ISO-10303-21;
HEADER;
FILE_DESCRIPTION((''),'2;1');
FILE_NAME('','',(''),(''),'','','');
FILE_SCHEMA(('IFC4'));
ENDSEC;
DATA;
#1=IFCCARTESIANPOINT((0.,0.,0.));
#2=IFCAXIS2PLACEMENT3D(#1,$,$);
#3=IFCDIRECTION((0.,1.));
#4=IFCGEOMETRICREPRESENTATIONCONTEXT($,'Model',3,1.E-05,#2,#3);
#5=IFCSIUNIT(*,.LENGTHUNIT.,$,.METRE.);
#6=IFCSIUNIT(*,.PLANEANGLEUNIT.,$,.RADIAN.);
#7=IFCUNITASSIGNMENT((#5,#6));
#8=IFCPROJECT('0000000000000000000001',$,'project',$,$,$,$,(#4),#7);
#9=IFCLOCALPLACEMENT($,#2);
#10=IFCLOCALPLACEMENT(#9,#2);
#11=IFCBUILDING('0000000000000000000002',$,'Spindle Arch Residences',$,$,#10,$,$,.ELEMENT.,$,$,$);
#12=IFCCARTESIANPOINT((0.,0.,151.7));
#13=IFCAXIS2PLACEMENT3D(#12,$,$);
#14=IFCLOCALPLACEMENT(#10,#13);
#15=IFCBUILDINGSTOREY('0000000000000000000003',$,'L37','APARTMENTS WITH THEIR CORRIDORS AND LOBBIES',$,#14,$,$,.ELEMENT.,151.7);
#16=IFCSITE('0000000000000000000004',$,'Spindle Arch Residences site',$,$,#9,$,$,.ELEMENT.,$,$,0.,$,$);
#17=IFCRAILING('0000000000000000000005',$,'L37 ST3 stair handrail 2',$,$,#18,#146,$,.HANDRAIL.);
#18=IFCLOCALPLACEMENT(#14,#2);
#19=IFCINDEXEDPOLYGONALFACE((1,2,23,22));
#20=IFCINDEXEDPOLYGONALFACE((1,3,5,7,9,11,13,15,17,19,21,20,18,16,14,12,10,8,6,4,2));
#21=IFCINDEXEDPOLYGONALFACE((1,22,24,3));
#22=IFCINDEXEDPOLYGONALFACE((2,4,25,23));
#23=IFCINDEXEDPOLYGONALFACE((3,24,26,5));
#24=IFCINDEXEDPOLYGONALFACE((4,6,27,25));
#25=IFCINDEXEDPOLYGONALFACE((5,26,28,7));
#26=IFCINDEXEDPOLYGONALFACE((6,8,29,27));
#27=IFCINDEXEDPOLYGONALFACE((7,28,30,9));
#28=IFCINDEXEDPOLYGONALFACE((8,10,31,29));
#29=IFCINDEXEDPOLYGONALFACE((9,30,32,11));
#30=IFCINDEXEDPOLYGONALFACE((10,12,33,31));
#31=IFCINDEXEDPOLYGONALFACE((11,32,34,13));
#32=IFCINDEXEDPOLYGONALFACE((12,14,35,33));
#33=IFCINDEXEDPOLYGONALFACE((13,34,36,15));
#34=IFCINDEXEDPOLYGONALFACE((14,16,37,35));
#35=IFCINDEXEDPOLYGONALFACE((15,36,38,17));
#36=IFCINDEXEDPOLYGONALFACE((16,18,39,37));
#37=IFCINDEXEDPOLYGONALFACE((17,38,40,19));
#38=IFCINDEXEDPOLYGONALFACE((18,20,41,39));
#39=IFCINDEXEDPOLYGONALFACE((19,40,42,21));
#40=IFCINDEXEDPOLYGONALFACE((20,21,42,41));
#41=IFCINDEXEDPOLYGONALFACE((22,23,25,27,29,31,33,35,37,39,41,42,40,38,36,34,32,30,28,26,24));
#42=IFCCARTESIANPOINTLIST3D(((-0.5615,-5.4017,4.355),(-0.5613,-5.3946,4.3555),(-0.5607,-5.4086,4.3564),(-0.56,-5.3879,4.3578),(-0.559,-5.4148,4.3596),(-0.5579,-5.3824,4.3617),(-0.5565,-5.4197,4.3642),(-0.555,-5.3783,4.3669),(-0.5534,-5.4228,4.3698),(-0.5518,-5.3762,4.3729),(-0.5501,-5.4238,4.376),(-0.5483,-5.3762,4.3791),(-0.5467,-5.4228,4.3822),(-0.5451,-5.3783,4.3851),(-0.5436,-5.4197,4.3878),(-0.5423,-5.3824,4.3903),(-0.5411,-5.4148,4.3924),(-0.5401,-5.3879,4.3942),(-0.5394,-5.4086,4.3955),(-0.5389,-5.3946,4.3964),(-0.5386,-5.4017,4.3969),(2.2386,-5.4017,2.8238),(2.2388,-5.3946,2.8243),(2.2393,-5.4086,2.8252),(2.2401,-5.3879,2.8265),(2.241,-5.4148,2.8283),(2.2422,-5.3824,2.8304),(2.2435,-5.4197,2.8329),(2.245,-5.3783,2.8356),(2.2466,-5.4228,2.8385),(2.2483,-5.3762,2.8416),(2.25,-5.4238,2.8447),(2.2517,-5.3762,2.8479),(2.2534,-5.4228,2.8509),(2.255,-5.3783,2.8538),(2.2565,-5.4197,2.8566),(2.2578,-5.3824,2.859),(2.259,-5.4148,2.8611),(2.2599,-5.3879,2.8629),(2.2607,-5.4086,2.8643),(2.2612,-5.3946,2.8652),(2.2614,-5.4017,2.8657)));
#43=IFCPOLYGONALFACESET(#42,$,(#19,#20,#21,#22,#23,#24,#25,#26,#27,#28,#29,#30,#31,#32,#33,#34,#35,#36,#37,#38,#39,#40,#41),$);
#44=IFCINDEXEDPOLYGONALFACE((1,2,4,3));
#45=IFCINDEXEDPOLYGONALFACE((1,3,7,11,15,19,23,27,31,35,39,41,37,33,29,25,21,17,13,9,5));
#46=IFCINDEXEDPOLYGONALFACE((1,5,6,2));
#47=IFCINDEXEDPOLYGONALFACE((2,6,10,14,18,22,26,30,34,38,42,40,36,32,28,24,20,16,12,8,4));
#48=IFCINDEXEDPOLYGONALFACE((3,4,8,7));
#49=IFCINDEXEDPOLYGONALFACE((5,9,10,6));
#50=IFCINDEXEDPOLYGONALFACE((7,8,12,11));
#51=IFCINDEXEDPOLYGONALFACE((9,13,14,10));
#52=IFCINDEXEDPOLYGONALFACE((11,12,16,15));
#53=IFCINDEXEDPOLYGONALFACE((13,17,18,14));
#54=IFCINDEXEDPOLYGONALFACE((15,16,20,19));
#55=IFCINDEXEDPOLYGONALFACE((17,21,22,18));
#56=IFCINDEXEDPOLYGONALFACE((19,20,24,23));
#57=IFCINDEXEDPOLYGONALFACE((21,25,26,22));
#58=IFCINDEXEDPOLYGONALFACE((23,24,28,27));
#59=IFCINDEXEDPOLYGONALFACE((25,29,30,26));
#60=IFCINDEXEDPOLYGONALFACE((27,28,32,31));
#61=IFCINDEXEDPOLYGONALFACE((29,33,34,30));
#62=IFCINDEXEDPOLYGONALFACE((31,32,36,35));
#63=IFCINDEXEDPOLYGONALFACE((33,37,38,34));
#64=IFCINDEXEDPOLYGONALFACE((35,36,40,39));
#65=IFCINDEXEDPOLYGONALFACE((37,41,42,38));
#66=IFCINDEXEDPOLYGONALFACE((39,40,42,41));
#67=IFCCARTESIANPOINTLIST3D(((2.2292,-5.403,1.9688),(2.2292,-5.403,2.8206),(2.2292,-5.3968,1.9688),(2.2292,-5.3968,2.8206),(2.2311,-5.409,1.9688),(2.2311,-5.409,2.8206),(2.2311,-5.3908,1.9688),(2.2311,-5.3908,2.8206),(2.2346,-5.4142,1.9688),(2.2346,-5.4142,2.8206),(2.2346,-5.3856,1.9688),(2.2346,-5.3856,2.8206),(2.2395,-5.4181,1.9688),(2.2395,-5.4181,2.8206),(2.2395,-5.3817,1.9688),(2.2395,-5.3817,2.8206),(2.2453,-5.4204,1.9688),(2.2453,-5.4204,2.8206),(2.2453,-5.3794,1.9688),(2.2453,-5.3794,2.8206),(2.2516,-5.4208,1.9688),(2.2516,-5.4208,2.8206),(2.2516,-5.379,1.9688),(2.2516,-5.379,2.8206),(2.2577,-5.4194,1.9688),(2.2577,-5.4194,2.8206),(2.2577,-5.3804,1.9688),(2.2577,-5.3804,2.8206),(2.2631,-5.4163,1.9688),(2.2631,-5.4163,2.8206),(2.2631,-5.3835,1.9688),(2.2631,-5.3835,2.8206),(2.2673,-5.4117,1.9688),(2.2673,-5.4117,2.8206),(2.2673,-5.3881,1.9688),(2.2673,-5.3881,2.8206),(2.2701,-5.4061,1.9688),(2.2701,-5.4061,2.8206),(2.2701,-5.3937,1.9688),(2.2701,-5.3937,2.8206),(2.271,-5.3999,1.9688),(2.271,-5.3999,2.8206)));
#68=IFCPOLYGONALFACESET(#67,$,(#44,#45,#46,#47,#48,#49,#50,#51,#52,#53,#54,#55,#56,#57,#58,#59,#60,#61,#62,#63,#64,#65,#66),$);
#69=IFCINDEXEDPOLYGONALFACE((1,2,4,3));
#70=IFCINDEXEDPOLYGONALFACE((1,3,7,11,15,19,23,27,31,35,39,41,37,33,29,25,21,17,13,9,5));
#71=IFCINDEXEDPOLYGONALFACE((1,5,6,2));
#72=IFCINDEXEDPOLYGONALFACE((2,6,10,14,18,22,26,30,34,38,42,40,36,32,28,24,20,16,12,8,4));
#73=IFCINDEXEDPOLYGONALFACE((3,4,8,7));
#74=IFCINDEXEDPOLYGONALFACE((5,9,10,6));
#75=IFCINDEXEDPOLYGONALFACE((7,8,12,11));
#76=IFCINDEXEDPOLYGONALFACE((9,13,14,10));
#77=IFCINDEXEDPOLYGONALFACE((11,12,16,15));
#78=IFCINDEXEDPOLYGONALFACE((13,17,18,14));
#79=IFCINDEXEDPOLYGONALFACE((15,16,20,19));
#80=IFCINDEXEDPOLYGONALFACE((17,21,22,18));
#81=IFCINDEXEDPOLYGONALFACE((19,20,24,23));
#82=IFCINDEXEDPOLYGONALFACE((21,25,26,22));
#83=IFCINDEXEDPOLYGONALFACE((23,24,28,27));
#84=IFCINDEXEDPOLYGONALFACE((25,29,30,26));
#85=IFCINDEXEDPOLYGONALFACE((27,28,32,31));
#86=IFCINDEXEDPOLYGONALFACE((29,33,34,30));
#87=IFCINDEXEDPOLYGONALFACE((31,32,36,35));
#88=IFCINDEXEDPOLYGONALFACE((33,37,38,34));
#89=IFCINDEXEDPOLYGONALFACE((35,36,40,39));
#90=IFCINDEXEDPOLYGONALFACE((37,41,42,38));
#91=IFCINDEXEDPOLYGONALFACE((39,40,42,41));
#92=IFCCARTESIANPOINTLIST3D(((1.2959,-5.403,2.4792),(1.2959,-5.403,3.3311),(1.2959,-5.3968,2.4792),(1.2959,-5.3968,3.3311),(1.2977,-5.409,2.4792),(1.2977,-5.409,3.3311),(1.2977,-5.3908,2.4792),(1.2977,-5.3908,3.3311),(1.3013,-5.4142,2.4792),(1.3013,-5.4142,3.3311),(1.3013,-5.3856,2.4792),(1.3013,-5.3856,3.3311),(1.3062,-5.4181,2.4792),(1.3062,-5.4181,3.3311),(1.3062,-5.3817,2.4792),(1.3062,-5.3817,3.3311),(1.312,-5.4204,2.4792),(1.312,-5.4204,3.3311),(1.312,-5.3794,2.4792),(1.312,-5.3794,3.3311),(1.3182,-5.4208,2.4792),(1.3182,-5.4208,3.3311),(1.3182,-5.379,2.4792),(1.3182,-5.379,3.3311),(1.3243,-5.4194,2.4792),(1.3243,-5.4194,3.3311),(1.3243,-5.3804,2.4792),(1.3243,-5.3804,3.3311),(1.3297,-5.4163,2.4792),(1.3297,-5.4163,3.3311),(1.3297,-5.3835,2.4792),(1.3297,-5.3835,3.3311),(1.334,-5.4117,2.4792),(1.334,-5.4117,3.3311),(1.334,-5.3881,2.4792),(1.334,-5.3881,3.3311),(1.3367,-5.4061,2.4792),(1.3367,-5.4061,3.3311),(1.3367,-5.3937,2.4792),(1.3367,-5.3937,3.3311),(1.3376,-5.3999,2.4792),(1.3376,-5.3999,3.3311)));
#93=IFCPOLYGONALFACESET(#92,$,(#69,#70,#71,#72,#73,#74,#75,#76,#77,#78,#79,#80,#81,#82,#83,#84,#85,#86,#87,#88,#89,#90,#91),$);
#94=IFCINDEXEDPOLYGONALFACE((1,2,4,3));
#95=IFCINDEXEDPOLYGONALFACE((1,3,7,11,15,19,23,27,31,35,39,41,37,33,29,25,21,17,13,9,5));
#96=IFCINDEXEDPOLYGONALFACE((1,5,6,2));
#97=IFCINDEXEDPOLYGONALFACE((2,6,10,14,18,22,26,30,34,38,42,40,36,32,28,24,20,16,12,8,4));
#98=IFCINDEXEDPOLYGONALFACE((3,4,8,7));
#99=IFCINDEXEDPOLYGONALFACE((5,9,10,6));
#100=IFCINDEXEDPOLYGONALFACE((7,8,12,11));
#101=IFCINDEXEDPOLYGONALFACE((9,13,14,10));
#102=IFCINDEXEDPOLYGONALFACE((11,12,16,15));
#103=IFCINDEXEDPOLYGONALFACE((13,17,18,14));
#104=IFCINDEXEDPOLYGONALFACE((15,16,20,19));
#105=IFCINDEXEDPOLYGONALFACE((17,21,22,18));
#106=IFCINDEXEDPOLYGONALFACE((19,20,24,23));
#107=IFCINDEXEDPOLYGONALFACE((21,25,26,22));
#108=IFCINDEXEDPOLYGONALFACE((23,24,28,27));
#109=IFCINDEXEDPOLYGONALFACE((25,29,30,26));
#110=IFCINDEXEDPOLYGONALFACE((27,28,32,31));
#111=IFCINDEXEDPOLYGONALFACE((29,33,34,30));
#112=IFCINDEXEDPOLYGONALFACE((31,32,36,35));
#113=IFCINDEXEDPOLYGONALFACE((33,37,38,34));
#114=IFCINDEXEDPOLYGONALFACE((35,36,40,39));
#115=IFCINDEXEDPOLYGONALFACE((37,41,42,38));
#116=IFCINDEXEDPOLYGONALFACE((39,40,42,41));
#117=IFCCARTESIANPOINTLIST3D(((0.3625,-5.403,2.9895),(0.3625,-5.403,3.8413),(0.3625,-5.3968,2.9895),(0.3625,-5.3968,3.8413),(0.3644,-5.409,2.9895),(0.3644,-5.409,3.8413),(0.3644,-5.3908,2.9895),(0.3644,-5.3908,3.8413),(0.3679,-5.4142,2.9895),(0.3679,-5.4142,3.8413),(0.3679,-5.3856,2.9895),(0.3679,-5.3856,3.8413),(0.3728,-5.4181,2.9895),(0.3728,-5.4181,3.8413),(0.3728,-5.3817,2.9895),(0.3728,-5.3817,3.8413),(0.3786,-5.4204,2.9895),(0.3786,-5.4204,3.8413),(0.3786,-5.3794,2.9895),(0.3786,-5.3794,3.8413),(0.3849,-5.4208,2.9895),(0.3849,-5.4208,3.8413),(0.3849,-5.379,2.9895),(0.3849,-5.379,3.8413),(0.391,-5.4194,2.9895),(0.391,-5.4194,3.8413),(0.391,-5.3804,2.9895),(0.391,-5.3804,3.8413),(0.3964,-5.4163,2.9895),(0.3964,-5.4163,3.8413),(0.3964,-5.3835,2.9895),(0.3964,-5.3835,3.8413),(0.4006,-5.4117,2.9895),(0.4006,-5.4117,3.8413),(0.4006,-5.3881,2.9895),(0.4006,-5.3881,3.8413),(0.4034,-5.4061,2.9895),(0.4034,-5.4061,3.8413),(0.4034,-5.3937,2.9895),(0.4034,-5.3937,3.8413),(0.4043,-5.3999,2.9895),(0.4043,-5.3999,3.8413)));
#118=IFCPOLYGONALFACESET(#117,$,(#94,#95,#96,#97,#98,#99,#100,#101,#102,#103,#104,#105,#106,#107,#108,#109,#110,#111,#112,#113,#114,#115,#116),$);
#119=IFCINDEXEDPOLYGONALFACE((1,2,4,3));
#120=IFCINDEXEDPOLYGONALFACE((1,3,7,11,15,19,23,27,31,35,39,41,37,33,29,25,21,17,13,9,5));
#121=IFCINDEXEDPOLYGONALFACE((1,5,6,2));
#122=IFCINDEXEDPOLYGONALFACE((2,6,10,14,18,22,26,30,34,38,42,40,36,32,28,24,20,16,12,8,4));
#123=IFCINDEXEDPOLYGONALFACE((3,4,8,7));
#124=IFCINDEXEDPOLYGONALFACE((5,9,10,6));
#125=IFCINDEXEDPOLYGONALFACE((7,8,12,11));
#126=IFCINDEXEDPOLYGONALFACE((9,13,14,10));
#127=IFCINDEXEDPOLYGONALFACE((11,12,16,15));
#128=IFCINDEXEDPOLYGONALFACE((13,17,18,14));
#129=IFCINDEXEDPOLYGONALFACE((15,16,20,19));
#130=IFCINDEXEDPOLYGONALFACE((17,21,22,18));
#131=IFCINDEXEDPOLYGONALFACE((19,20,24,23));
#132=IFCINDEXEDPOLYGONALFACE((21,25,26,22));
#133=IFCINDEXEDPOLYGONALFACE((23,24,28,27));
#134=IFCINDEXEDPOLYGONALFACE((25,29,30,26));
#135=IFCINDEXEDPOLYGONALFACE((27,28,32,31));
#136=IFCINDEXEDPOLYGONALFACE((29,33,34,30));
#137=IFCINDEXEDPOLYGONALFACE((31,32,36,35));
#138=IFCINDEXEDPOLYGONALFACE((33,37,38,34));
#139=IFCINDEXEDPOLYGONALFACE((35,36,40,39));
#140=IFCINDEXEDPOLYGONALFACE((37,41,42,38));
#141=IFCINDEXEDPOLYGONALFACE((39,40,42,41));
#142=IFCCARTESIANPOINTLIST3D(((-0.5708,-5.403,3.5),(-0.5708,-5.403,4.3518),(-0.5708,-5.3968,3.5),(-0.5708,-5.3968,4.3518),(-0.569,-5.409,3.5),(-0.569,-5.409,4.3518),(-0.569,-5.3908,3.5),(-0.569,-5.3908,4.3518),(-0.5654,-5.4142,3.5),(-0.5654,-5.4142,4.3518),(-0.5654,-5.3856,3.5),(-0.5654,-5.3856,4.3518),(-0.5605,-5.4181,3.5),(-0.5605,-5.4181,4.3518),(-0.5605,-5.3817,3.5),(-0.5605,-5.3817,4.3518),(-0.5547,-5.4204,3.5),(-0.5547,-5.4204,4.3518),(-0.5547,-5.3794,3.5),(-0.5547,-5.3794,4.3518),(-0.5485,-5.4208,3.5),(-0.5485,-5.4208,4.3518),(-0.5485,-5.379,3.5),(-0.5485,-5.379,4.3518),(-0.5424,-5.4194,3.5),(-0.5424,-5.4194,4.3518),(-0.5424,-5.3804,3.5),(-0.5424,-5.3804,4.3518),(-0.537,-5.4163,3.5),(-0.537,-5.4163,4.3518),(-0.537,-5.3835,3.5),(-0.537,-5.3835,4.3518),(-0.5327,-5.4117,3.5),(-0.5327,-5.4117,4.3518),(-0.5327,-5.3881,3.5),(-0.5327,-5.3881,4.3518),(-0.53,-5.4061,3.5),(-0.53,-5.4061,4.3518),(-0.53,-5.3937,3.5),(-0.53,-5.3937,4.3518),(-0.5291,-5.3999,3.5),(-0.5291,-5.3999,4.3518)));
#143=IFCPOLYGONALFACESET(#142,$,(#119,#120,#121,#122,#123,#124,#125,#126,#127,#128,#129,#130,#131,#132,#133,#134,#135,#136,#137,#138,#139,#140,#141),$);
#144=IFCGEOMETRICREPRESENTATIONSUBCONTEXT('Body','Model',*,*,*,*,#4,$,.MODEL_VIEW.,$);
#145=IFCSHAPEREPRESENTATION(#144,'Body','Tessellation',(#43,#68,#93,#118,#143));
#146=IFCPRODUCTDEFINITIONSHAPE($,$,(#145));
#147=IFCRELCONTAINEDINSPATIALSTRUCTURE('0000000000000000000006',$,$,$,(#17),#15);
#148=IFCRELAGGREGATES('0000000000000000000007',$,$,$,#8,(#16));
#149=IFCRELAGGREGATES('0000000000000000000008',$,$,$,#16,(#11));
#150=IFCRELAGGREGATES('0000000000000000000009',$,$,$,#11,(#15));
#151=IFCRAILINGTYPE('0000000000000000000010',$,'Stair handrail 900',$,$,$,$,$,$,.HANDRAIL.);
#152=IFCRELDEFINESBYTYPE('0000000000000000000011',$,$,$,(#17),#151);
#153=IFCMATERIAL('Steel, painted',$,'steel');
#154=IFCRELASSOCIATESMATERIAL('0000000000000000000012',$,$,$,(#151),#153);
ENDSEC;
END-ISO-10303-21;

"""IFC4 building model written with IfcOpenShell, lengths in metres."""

from ifc_helpers import new_model, si_unit, direction, frame, origin, origin_2d, place, context, subcontext, project, spatial, circle, extrude, material, type_object, element, save


model = new_model("IFC4")

# Units and contexts
model_context = context("Model", 3, precision=1e-05, world=origin(), true_north=direction((0.0, 1.0)))
body_context = subcontext(model_context, "Body", "Model", "MODEL_VIEW")
ifc_project = project(units=[si_unit("LENGTHUNIT", "METRE"), si_unit("PLANEANGLEUNIT", "RADIAN")], contexts=[model_context])

# Site, building, storey
site_placement = place(None, origin())
site = spatial("IfcSite", under=ifc_project, at=site_placement, Name="Spindle Arch Residences site", CompositionType="ELEMENT", RefElevation=0.0)
building_placement = place(site_placement, origin())
building = spatial("IfcBuilding", under=site, at=building_placement, Name="Spindle Arch Residences", CompositionType="ELEMENT")
storey_placement = place(building_placement, frame((0.0, 0.0, 151.7)))
storey = spatial("IfcBuildingStorey", under=building, at=storey_placement, Name="L37", Description="APARTMENTS WITH THEIR CORRIDORS AND LOBBIES", CompositionType="ELEMENT", Elevation=151.7)

# Railing
ifc_material_1 = material(Name="Steel, painted", Category="steel")
railing_type_1 = type_object("IfcRailingType", Name="Stair handrail 900", PredefinedType="HANDRAIL", material=ifc_material_1)
railing_1_placement = place(storey_placement, frame((2.25, -5.3999, 1.9688)))
element("IfcRailing", 1, at=railing_1_placement, inside=storey, type_object=railing_type_1, Name="L37 ST3 stair handrail 2", PredefinedType="HANDRAIL", context=body_context, shape_type="SweptSolid", body=[
    extrude(circle(Radius=0.0239, at=origin_2d()), frame((0.0, 0.0, 0.876), z_axis=(-0.877375, 0.0, 0.479806), x_axis=(0.0, -1.0, 0.0)), (0.0, 0.0, 1.0), 3.1914),
    extrude(circle(Radius=0.021, at=origin_2d()), origin(), (0.0, 0.0, 1.0), 0.8518),
    extrude(circle(Radius=0.021, at=origin_2d()), frame((-0.9333, 0.0, 0.5105)), (0.0, 0.0, 1.0), 0.8518),
    extrude(circle(Radius=0.021, at=origin_2d()), frame((-1.8667, 0.0, 1.0208)), (0.0, 0.0, 1.0), 0.8518),
    extrude(circle(Radius=0.021, at=origin_2d()), frame((-2.8, 0.0, 1.5312)), (0.0, 0.0, 1.0), 0.8518),
])

save(model, "model.ifc")
